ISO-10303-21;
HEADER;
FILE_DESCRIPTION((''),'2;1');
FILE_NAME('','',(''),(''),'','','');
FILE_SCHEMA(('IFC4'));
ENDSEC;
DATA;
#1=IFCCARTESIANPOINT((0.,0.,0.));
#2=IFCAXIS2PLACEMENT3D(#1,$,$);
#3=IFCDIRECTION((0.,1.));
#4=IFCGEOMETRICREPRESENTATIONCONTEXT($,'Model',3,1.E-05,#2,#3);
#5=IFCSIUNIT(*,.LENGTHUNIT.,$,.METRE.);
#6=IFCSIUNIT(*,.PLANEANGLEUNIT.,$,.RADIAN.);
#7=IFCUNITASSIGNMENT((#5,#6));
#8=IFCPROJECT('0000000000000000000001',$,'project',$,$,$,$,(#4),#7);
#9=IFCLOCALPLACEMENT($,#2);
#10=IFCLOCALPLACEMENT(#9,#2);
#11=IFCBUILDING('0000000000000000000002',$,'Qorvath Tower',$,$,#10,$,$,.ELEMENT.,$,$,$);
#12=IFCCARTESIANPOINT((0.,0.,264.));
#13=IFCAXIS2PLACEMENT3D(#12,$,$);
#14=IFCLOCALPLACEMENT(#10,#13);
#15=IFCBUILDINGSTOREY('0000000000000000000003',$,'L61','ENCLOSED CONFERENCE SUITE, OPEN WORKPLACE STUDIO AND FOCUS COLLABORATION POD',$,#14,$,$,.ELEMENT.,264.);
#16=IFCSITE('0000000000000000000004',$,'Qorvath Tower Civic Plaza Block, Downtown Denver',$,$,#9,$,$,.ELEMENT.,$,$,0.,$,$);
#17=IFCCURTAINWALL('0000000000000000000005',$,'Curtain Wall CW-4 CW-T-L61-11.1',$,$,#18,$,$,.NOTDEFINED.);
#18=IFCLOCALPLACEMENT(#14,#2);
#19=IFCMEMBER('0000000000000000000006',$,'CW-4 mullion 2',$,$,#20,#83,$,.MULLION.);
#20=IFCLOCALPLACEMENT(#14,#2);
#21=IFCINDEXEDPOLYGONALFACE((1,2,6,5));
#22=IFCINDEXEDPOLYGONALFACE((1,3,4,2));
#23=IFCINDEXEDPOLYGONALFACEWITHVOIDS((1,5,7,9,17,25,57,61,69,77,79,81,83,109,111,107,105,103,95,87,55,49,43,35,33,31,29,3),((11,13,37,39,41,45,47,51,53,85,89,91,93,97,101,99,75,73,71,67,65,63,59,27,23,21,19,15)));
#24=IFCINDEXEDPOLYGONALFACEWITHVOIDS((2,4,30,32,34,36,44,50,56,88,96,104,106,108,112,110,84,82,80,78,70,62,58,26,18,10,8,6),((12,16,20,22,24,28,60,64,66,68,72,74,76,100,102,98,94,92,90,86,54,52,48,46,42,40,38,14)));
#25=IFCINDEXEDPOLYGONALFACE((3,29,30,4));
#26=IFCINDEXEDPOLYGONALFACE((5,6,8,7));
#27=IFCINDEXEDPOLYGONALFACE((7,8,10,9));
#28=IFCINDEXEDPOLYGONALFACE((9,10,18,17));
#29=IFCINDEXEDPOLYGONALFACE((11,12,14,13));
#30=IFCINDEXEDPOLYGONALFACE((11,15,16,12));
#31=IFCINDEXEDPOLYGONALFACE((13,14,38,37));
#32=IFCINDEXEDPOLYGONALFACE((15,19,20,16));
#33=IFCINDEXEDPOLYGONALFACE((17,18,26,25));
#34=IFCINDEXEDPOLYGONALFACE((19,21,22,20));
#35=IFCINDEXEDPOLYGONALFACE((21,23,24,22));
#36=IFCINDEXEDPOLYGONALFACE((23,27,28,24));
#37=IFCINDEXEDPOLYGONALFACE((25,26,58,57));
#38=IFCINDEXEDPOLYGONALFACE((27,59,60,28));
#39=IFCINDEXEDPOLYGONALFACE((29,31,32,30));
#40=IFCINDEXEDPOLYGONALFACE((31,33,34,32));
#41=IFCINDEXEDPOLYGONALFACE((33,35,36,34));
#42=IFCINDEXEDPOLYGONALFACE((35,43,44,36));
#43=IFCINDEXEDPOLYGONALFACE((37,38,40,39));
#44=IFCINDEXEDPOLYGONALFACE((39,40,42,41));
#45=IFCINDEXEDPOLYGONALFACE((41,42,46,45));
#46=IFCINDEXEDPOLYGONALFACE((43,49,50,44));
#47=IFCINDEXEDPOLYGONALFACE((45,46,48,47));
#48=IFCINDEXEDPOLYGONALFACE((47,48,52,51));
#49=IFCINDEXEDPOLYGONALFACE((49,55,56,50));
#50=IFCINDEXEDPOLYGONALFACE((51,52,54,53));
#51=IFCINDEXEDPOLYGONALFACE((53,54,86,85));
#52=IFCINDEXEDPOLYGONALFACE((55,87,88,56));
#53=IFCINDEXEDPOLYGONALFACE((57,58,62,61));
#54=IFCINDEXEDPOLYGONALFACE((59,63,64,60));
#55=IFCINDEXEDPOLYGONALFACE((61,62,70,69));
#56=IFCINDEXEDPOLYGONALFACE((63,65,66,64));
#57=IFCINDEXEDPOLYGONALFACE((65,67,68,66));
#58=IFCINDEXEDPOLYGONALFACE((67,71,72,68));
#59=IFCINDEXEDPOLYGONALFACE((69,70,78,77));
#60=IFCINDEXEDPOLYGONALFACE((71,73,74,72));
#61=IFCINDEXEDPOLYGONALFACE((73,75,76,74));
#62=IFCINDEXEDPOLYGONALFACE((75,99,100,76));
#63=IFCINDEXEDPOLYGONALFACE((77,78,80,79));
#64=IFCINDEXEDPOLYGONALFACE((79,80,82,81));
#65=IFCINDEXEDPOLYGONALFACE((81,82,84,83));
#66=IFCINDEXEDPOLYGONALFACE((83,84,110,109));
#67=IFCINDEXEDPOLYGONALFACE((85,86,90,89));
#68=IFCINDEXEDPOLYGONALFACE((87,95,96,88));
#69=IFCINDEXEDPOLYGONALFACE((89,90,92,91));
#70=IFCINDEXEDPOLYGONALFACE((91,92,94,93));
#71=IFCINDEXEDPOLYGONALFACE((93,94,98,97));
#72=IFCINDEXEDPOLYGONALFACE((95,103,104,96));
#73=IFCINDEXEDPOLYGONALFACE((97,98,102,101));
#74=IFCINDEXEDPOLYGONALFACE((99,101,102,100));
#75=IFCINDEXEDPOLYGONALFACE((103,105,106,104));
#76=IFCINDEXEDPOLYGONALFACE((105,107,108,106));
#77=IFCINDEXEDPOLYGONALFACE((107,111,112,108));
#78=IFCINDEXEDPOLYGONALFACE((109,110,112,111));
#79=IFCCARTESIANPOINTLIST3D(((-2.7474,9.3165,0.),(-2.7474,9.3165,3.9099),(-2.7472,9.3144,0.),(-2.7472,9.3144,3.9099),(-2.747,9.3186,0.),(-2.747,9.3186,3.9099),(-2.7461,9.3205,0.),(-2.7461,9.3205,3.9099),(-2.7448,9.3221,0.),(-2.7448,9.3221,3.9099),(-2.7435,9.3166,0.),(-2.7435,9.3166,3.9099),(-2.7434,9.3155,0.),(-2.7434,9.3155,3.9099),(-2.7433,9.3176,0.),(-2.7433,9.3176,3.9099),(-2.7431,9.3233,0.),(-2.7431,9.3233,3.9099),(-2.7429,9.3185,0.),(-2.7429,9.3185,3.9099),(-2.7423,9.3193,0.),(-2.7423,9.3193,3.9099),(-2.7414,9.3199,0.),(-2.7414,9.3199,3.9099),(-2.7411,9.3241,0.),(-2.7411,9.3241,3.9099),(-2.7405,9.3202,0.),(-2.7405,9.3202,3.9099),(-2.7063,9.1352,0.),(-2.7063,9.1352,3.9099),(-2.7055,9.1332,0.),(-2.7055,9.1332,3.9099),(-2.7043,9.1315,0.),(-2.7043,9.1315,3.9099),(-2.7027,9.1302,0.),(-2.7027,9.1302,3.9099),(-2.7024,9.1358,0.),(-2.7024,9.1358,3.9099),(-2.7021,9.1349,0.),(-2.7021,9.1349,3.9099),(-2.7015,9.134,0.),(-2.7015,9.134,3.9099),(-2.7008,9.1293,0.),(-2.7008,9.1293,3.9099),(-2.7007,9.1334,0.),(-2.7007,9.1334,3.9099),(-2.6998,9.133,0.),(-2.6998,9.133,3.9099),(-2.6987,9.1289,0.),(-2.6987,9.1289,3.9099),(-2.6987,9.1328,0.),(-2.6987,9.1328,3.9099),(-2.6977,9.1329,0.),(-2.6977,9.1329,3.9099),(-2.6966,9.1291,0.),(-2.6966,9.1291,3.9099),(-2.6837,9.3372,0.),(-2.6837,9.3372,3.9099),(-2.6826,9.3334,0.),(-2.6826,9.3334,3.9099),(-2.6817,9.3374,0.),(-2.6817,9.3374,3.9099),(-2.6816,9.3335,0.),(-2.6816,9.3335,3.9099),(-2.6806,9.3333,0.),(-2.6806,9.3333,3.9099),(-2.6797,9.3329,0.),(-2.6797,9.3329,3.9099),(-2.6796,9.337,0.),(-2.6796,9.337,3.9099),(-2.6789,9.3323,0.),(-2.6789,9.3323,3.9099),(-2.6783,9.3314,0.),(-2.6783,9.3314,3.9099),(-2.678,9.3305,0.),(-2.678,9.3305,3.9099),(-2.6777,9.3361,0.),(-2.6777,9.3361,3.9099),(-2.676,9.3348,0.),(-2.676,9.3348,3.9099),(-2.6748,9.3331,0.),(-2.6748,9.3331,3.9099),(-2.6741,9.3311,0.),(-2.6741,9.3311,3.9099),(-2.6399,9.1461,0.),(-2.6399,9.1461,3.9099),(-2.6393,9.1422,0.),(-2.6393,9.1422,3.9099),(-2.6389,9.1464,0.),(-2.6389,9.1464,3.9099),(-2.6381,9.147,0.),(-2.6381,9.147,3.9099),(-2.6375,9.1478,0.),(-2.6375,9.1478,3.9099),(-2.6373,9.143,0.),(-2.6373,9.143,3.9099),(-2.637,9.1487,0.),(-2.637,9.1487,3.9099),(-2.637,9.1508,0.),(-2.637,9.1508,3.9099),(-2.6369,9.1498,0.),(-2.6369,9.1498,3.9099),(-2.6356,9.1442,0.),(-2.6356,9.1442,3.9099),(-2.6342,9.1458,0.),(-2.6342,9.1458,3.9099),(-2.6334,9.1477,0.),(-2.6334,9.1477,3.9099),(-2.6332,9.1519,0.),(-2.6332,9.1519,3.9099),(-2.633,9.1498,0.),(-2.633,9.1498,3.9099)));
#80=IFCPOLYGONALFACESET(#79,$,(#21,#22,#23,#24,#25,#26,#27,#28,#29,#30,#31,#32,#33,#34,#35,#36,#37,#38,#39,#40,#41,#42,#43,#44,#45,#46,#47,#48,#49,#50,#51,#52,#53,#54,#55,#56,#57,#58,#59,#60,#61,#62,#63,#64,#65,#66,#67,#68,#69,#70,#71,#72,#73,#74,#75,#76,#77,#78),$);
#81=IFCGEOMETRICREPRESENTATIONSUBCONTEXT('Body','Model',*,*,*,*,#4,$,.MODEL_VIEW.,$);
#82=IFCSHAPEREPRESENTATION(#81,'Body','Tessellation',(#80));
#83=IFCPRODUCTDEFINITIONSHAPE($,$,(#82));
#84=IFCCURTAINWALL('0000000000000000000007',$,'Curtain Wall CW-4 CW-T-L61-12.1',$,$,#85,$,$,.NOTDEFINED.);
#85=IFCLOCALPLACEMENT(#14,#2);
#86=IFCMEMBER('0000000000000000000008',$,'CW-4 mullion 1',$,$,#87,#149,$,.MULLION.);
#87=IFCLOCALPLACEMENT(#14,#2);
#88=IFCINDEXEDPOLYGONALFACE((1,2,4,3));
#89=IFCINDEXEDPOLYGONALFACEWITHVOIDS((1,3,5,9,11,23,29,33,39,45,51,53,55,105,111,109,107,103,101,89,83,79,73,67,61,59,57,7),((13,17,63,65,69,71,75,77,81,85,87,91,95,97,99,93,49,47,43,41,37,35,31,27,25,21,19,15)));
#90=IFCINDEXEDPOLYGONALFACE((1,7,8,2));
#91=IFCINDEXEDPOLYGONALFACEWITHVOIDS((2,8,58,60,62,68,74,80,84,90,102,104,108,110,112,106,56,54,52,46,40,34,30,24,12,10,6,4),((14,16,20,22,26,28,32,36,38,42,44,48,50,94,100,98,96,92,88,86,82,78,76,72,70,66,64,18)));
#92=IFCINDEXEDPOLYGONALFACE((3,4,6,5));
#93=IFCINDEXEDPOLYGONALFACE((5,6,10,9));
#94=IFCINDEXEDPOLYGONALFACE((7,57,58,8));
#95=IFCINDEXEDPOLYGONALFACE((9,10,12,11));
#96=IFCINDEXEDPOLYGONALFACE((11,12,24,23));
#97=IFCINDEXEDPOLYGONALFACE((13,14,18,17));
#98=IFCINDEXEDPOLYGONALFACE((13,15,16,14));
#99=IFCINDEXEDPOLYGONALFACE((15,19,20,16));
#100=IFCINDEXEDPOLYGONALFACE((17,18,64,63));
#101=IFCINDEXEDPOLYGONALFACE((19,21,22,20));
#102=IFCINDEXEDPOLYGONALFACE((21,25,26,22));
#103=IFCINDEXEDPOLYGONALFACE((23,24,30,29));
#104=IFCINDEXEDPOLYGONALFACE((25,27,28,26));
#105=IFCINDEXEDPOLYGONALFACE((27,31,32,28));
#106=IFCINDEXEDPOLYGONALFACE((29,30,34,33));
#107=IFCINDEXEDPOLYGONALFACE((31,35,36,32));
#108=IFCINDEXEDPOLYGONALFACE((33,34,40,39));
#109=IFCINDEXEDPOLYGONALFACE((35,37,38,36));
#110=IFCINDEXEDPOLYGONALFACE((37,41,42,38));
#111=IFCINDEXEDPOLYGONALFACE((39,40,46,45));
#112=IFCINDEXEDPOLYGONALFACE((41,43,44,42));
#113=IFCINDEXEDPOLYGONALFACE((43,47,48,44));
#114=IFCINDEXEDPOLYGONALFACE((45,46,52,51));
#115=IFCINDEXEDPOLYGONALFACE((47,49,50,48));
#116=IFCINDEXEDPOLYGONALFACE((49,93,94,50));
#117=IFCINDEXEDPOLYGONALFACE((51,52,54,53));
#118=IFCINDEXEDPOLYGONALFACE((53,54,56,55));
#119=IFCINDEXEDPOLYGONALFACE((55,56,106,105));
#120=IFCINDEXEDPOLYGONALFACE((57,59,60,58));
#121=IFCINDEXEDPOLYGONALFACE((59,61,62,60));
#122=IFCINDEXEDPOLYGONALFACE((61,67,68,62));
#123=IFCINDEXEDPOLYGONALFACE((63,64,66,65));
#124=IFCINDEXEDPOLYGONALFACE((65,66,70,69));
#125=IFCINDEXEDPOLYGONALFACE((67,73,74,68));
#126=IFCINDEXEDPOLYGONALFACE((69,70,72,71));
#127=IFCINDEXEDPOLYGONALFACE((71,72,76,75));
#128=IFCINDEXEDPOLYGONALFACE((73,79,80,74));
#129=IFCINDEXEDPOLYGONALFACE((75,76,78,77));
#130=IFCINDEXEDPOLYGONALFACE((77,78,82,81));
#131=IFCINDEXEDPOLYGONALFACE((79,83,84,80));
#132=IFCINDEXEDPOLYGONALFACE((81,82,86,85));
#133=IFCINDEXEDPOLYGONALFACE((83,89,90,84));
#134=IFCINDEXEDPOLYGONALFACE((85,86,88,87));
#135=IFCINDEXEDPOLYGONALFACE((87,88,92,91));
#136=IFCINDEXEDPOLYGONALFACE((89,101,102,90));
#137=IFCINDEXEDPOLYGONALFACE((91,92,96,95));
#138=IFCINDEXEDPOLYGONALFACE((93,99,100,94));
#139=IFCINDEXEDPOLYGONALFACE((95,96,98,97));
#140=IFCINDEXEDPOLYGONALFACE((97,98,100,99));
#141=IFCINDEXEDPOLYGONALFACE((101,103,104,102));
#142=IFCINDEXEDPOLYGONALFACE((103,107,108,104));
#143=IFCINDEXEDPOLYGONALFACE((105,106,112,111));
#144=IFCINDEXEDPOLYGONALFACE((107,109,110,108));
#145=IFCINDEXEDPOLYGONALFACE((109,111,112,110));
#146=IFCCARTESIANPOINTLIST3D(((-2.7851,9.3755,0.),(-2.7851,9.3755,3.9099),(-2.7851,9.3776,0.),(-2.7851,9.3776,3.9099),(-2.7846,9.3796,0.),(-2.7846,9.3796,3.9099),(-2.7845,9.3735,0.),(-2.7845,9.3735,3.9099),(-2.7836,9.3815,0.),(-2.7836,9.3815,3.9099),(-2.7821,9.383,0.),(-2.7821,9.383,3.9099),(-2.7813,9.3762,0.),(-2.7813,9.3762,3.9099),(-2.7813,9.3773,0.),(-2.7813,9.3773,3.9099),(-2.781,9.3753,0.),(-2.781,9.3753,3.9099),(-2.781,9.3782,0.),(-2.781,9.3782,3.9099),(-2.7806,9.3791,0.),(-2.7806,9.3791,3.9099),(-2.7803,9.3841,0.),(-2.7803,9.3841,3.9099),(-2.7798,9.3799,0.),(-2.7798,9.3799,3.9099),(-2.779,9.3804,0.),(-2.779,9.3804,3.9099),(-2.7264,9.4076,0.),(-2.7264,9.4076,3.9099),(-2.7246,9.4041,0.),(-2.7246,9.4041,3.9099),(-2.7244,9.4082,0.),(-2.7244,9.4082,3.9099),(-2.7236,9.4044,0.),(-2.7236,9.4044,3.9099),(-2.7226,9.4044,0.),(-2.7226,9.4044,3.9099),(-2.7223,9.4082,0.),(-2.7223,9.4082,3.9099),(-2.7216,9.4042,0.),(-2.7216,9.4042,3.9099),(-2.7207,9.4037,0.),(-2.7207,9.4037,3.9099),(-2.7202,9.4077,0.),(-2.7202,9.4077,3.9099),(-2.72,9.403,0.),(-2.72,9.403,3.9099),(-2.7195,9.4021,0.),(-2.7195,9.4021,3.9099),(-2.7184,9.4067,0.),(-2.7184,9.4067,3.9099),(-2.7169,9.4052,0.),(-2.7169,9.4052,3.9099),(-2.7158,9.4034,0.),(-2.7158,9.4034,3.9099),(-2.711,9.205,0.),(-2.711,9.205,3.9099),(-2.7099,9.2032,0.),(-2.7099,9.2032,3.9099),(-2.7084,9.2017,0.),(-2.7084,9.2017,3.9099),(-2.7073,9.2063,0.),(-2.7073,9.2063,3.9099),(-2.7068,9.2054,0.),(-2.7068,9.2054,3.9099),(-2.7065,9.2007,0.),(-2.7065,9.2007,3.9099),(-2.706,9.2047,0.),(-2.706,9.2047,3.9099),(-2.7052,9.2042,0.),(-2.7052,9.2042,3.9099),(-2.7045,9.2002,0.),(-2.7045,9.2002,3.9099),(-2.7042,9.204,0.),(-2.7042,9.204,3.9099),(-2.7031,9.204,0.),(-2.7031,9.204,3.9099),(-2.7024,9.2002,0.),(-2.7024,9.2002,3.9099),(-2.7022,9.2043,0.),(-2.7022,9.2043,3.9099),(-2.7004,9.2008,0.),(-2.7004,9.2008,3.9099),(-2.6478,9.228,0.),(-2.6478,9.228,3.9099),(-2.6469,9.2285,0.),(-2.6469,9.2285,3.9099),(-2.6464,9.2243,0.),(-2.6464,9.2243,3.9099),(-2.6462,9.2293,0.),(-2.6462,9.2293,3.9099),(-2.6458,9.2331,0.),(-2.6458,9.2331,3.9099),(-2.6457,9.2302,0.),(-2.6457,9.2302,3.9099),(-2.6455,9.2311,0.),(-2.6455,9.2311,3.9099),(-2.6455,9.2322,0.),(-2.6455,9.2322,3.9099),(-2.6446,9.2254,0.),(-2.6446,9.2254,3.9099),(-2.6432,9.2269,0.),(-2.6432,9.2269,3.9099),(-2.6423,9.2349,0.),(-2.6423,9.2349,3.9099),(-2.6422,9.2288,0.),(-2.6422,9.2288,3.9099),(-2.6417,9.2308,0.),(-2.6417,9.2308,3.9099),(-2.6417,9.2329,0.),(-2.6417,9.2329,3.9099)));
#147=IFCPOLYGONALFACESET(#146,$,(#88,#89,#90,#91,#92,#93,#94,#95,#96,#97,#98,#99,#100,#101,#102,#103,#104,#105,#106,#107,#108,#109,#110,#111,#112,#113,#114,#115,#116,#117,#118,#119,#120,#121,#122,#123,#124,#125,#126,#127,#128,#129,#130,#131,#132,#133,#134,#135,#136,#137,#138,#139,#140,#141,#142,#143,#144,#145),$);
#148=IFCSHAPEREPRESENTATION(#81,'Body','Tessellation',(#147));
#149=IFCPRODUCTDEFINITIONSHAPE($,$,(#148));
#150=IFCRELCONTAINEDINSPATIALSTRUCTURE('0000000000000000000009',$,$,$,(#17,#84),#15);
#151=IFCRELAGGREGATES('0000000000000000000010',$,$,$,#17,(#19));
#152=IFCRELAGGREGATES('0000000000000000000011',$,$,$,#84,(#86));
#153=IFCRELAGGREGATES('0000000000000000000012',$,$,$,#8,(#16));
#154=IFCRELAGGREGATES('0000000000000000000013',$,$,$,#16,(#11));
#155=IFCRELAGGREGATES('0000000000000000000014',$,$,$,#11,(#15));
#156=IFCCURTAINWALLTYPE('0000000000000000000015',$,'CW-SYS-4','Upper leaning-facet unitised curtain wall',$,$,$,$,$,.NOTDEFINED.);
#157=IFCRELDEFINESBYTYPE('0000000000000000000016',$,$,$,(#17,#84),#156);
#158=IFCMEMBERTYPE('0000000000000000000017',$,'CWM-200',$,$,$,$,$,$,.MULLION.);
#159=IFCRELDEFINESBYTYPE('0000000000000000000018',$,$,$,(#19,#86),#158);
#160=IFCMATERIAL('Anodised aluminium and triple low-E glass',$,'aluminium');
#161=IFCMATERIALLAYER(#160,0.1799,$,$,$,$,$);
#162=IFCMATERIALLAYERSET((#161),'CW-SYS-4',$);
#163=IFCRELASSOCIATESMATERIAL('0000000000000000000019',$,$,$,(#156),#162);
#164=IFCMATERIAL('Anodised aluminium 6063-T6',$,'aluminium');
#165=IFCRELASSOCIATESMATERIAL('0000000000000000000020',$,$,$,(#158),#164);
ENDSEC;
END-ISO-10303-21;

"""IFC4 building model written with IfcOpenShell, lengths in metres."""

from ifc_helpers import new_model, si_unit, direction, frame, origin, origin_2d, place, context, subcontext, project, spatial, hollow_rectangle, extrude, material, layer, layer_set, material_profile, profile_set, type_object, element, aggregate, save


model = new_model("IFC4")

# Units and contexts
model_context = context("Model", 3, precision=1e-05, world=origin(), true_north=direction((0.0, 1.0)))
body_context = subcontext(model_context, "Body", "Model", "MODEL_VIEW")
ifc_project = project(units=[si_unit("LENGTHUNIT", "METRE"), si_unit("PLANEANGLEUNIT", "RADIAN")], contexts=[model_context])

# Site, building, storey
site_placement = place(None, origin())
site = spatial("IfcSite", under=ifc_project, at=site_placement, Name="Qorvath Tower Civic Plaza Block, Downtown Denver", CompositionType="ELEMENT", RefElevation=0.0)
building_placement = place(site_placement, origin())
building = spatial("IfcBuilding", under=site, at=building_placement, Name="Qorvath Tower", CompositionType="ELEMENT")
storey_placement = place(building_placement, frame((0.0, 0.0, 264.0)))
storey = spatial("IfcBuildingStorey", under=building, at=storey_placement, Name="L61", Description="ENCLOSED CONFERENCE SUITE, OPEN WORKPLACE STUDIO AND FOCUS COLLABORATION POD", CompositionType="ELEMENT", Elevation=264.0)

# Curtain wall, member
ifc_material_1 = material(Name="Anodised aluminium and triple low-E glass", Category="aluminium")
ifc_layer_1 = layer(ifc_material_1, 0.1799)
ifc_layer_set_1 = layer_set([ifc_layer_1], Name="CW-SYS-4")
curtain_wall_type = type_object("IfcCurtainWallType", Name="CW-SYS-4", Description="Upper leaning-facet unitised curtain wall", PredefinedType="NOTDEFINED", material=ifc_layer_set_1)
curtain_wall_1_placement = place(storey_placement, origin())
curtain_wall_1 = element("IfcCurtainWall", 1, at=curtain_wall_1_placement, inside=storey, type_object=curtain_wall_type, Name="Curtain Wall CW-4 CW-T-L61-11.1", PredefinedType="NOTDEFINED")
ifc_material_2 = material(Name="Anodised aluminium 6063-T6", Category="aluminium")
ifc_material_profile_1 = material_profile(ifc_material_2, hollow_rectangle(XDim=0.075, YDim=0.2, WallThickness=0.0039, InnerFilletRadius=0.0039, OuterFilletRadius=0.0081, at=origin_2d()), Name="CWM 200x75")
ifc_profile_set_1 = profile_set([ifc_material_profile_1], Name="Anodised aluminium 6063-T6")
member_type_1 = type_object("IfcMemberType", Name="CWM-200", PredefinedType="MULLION", material=ifc_profile_set_1)
member_1_placement = place(storey_placement, frame((-2.6902, 9.2332, 0.0), z_axis=(0.0, 0.0, 1.0), x_axis=(-0.974942, -0.222459, 0.0)))
member_1 = element("IfcMember", 2, at=member_1_placement, type_object=member_type_1, Name="CW-4 mullion 2", PredefinedType="MULLION", context=body_context, shape_type="SweptSolid", body=[
    extrude(hollow_rectangle(XDim=0.075, YDim=0.2, WallThickness=0.0039, InnerFilletRadius=0.0039, OuterFilletRadius=0.0081, at=origin_2d()), origin(), (0.0, 0.0, 1.0), 3.9099),
])
aggregate(curtain_wall_1, [member_1])

# Curtain wall, member
curtain_wall_2_placement = place(storey_placement, origin())
curtain_wall_2 = element("IfcCurtainWall", 3, at=curtain_wall_2_placement, inside=storey, type_object=curtain_wall_type, Name="Curtain Wall CW-4 CW-T-L61-12.1", PredefinedType="NOTDEFINED")
member_2_placement = place(storey_placement, frame((-2.7134, 9.3042, 0.0), z_axis=(0.0, 0.0, 1.0), x_axis=(-0.916612, -0.399777, 0.0)))
member_2 = element("IfcMember", 4, at=member_2_placement, type_object=member_type_1, Name="CW-4 mullion 1", PredefinedType="MULLION", context=body_context, shape_type="SweptSolid", body=[
    extrude(hollow_rectangle(XDim=0.075, YDim=0.2, WallThickness=0.0039, InnerFilletRadius=0.0039, OuterFilletRadius=0.0081, at=origin_2d()), origin(), (0.0, 0.0, 1.0), 3.9099),
])

aggregate(curtain_wall_2, [member_2])

save(model, "model.ifc")
